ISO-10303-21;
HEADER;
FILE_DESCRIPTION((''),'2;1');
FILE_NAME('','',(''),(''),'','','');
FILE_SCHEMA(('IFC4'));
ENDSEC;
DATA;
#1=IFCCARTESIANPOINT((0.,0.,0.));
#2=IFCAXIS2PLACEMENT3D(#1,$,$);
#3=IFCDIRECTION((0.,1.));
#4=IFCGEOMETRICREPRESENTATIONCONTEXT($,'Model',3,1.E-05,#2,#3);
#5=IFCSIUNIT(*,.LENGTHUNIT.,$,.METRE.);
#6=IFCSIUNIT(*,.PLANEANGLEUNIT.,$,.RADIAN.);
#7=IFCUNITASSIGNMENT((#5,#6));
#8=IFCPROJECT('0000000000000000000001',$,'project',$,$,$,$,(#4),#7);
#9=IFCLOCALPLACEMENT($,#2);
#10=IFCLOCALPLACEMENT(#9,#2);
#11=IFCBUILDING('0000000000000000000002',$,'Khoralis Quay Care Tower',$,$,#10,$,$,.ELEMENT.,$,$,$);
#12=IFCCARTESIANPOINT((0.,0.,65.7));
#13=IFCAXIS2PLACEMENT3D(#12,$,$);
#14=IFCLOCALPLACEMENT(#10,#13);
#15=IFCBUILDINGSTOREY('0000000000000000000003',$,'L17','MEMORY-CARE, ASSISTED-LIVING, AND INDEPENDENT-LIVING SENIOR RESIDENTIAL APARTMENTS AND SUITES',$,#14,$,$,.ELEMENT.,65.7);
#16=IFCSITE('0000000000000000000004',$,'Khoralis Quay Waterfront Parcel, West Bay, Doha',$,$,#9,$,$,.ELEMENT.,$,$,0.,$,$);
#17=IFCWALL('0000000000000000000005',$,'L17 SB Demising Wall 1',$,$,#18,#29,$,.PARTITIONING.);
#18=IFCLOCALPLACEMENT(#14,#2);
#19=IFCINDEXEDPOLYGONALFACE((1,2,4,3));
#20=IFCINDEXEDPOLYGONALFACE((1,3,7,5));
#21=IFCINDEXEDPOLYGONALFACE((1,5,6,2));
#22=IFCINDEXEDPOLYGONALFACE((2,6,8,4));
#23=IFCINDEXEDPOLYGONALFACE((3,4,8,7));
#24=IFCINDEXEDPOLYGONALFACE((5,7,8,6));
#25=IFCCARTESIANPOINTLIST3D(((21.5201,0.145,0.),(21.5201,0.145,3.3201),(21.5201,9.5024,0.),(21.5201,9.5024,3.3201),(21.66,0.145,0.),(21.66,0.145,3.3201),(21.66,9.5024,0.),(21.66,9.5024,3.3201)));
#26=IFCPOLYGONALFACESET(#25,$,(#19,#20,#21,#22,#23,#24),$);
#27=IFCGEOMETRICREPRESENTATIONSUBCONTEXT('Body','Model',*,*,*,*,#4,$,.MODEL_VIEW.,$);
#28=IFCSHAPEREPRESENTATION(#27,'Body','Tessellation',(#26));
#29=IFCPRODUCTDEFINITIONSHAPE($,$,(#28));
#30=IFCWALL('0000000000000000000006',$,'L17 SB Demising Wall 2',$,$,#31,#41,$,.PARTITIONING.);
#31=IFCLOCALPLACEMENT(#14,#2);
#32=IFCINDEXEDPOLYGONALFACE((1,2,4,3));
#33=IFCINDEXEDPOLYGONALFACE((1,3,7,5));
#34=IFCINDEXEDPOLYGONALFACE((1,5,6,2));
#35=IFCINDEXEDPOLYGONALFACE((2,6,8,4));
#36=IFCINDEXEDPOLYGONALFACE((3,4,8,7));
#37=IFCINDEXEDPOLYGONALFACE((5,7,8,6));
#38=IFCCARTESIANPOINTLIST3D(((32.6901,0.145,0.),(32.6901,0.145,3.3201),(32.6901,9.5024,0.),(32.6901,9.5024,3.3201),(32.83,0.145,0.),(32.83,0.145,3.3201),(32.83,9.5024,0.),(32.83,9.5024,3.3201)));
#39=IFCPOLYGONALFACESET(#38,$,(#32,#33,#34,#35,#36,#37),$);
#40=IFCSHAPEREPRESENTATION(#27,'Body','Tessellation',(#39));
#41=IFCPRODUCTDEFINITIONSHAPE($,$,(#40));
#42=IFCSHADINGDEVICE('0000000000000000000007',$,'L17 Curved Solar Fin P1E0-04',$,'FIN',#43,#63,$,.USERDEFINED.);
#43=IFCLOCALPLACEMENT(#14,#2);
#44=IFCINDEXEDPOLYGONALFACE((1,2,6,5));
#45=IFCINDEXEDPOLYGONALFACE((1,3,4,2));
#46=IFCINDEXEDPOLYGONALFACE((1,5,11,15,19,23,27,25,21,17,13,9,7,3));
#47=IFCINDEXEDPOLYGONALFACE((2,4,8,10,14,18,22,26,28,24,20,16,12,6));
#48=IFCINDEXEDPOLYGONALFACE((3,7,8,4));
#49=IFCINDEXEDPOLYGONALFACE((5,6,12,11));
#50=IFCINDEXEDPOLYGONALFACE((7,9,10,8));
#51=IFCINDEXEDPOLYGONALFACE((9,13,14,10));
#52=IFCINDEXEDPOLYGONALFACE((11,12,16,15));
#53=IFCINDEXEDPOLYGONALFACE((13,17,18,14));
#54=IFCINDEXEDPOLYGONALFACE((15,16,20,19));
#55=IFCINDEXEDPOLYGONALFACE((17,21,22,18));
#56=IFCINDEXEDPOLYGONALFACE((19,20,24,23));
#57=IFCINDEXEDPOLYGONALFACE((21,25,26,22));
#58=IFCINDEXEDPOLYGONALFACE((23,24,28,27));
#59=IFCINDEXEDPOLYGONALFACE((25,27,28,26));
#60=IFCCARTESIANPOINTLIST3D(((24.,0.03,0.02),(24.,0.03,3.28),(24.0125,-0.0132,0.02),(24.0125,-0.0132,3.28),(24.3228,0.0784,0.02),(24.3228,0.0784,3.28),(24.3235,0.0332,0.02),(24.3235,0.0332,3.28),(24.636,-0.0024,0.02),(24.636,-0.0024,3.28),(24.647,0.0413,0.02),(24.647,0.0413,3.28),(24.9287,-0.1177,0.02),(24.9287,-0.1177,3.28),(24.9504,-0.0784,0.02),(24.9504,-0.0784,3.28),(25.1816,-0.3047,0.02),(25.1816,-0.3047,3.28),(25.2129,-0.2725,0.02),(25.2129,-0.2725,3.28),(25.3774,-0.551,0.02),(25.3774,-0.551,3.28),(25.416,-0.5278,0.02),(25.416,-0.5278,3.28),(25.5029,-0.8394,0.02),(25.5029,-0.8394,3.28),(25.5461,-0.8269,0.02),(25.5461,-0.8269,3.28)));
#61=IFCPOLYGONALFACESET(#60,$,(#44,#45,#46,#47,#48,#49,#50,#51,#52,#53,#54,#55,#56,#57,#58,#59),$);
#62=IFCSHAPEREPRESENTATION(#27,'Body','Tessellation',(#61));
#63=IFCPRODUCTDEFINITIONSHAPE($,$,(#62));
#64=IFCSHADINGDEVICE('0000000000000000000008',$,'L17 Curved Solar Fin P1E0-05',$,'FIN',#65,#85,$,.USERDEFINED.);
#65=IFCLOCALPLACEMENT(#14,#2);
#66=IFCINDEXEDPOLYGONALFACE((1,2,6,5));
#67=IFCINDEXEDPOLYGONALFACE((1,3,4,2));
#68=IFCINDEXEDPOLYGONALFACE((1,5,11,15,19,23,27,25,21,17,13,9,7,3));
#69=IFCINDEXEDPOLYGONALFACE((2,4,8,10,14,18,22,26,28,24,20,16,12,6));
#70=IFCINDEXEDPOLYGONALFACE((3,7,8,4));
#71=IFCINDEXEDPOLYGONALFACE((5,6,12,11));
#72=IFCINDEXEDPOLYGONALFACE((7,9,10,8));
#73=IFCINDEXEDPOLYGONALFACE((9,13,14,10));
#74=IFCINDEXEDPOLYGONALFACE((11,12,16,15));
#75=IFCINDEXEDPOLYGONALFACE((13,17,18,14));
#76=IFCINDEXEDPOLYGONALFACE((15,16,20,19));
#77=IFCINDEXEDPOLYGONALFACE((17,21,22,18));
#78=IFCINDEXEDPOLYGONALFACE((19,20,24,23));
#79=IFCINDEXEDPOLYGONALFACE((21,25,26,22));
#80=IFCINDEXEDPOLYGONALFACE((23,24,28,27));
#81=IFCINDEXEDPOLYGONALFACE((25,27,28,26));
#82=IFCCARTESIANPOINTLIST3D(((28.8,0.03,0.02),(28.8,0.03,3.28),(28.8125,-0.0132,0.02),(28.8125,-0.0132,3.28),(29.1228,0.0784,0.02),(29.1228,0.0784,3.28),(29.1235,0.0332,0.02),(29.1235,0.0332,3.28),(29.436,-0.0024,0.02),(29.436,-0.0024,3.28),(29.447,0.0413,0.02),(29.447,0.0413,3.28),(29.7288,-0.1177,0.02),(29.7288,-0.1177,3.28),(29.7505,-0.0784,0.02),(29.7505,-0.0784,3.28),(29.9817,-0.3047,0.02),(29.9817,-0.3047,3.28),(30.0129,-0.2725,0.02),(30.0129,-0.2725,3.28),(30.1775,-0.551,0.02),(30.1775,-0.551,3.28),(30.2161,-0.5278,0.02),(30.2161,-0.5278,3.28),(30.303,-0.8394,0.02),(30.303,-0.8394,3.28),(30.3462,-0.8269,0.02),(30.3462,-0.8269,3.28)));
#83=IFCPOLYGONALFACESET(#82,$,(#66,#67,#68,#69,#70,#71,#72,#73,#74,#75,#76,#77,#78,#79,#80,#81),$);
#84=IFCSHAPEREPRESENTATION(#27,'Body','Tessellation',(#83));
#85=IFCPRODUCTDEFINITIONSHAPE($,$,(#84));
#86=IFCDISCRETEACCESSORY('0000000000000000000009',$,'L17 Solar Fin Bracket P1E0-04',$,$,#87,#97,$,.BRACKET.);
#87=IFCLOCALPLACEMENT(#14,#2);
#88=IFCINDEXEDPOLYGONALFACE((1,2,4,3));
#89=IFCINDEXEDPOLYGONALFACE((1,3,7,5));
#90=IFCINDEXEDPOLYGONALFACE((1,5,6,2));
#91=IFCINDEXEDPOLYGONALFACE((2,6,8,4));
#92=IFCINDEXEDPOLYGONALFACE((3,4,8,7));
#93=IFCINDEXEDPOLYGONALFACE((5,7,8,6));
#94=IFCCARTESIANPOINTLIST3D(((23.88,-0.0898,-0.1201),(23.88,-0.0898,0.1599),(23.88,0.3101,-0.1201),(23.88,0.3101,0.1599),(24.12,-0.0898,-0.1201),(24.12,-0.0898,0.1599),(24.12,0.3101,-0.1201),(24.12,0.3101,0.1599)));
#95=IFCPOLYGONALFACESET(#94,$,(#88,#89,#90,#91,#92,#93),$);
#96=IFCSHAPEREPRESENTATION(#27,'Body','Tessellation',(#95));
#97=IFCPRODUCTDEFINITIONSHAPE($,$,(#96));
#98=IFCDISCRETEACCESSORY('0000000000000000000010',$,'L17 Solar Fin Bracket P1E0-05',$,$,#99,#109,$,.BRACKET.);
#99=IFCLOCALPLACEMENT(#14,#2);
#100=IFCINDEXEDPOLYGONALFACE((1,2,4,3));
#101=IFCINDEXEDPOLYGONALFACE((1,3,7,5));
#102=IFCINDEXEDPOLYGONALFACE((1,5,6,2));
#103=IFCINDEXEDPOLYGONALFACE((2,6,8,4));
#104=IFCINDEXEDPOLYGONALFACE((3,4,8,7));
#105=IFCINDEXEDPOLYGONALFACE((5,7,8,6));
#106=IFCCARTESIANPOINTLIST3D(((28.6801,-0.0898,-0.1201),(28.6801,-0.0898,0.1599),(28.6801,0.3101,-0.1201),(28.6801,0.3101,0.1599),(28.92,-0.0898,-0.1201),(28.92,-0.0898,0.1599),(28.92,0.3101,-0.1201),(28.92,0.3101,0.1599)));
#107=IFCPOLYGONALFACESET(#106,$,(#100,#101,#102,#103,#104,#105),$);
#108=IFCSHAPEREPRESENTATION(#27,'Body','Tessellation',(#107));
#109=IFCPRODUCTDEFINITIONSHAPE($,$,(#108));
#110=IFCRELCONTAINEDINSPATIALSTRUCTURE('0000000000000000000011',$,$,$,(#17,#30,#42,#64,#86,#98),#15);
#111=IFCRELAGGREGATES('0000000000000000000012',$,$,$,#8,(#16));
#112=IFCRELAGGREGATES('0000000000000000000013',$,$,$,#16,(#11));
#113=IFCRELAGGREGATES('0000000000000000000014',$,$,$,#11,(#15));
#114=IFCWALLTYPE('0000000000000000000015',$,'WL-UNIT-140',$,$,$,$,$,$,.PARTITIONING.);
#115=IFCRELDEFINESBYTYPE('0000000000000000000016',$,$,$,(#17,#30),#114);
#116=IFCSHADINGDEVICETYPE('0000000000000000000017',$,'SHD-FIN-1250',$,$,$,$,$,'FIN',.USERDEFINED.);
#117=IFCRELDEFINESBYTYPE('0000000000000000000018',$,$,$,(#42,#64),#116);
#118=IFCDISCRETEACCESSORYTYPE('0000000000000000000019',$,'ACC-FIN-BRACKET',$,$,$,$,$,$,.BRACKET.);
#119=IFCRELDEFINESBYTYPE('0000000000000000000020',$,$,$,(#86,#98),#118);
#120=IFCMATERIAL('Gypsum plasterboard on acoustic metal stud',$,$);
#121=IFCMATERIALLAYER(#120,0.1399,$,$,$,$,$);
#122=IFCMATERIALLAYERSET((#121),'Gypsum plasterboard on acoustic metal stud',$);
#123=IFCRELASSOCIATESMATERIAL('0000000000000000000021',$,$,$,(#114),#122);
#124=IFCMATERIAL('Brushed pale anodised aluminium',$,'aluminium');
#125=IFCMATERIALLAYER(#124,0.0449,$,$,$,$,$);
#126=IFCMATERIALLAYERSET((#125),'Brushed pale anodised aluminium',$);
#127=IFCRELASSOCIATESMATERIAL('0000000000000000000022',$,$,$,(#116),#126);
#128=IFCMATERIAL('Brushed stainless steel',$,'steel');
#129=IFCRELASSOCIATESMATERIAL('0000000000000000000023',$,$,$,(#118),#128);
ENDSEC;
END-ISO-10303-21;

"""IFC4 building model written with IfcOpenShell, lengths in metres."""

from ifc_helpers import new_model, si_unit, direction, frame, frame_2d, origin, origin_2d, place, context, subcontext, project, spatial, polyline, rectangle, outline, extrude, source, transform, mapped, material, layer, layer_set, type_object, element, save


model = new_model("IFC4")

# Units and contexts
model_context = context("Model", 3, precision=1e-05, world=origin(), true_north=direction((0.0, 1.0)))
body_context = subcontext(model_context, "Body", "Model", "MODEL_VIEW")
ifc_project = project(units=[si_unit("LENGTHUNIT", "METRE"), si_unit("PLANEANGLEUNIT", "RADIAN")], contexts=[model_context])

# Site, building, storey
site_placement = place(None, origin())
site = spatial("IfcSite", under=ifc_project, at=site_placement, Name="Khoralis Quay Waterfront Parcel, West Bay, Doha", CompositionType="ELEMENT", RefElevation=0.0)
building_placement = place(site_placement, origin())
building = spatial("IfcBuilding", under=site, at=building_placement, Name="Khoralis Quay Care Tower", CompositionType="ELEMENT")
storey_placement = place(building_placement, frame((0.0, 0.0, 65.7)))
storey = spatial("IfcBuildingStorey", under=building, at=storey_placement, Name="L17", Description="MEMORY-CARE, ASSISTED-LIVING, AND INDEPENDENT-LIVING SENIOR RESIDENTIAL APARTMENTS AND SUITES", CompositionType="ELEMENT", Elevation=65.7)

# Shared definitions
ifc_material_1 = material(Name="Gypsum plasterboard on acoustic metal stud")

# Walls
ifc_layer_1 = layer(ifc_material_1, 0.1399)
ifc_layer_set_1 = layer_set([ifc_layer_1], Name="Gypsum plasterboard on acoustic metal stud")
wall_type_1 = type_object("IfcWallType", Name="WL-UNIT-140", PredefinedType="PARTITIONING", material=ifc_layer_set_1)
for number, where, z_axis, x_axis, name in (
    (1, (21.5901, 0.145, 0.0), (0.0, 0.0, 1.0), (0.0, 1.0, 0.0), "L17 SB Demising Wall 1"),
    (2, (32.76, 0.145, 0.0), (0.0, 0.0, 1.0), (0.0, 1.0, 0.0), "L17 SB Demising Wall 2"),
):
    element("IfcWall", number, at=place(storey_placement, frame(where, z_axis=z_axis, x_axis=x_axis)), inside=storey, type_object=wall_type_1, Name=name, PredefinedType="PARTITIONING", context=body_context, shape_type="SweptSolid", body=[
        extrude(rectangle(XDim=9.3574, YDim=0.1399, at=frame_2d((4.6787, 0.0))), origin(), (0.0, 0.0, 1.0), 3.3201),
    ])

# Shading devices
ifc_material_2 = material(Name="Brushed pale anodised aluminium", Category="aluminium")
ifc_layer_2 = layer(ifc_material_2, 0.0449)
ifc_layer_set_2 = layer_set([ifc_layer_2], Name="Brushed pale anodised aluminium")
shading_device_type = type_object("IfcShadingDeviceType", Name="SHD-FIN-1250", ElementType="FIN", PredefinedType="USERDEFINED", material=ifc_layer_set_2)
shared_shape_1 = source(origin(), body_context, "Body", "SweptSolid", [
    extrude(outline(polyline([(0.0, 0.0), (-0.0483, 0.3228), (-0.0112, 0.647), (0.1084, 0.9504), (0.3025, 1.2129), (0.5579, 1.416), (0.8569, 1.5461), (0.8694, 1.5029), (0.5811, 1.3774), (0.3347, 1.1816), (0.1477, 0.9287), (0.0325, 0.636), (-0.0032, 0.3235), (0.0432, 0.0125), (0.0, 0.0)])), origin(), (0.0, 0.0, 1.0), 3.26),
])
for number, where, z_axis, x_axis, name in (
    (3, (24.0, 0.03, 0.02), (0.0, 0.0, 1.0), (0.0, -1.0, 0.0), "L17 Curved Solar Fin P1E0-04"),
    (4, (28.8, 0.03, 0.02), (0.0, 0.0, 1.0), (0.0, -1.0, 0.0), "L17 Curved Solar Fin P1E0-05"),
):
    element("IfcShadingDevice", number, at=place(storey_placement, frame(where, z_axis=z_axis, x_axis=x_axis)), inside=storey, type_object=shading_device_type, Name=name, ObjectType="FIN", PredefinedType="USERDEFINED", context=body_context, shape_type="MappedRepresentation", body=[
        mapped(shared_shape_1, transform((0.0, 0.0, 0.0), scale=1.0)),
    ])

# Discrete accessories
ifc_material_3 = material(Name="Brushed stainless steel", Category="steel")
discrete_accessory_type = type_object("IfcDiscreteAccessoryType", Name="ACC-FIN-BRACKET", PredefinedType="BRACKET", material=ifc_material_3)
shared_shape_2 = source(origin(), body_context, "Body", "SweptSolid", [
    extrude(rectangle(XDim=0.3999, YDim=0.24, at=origin_2d()), origin(), (0.0, 0.0, 1.0), 0.28),
])
for number, where, z_axis, x_axis, name in (
    (5, (24.0, 0.1101, -0.1201), (0.0, 0.0, 1.0), (0.0, -1.0, 0.0), "L17 Solar Fin Bracket P1E0-04"),
    (6, (28.8, 0.1101, -0.1201), (0.0, 0.0, 1.0), (0.0, -1.0, 0.0), "L17 Solar Fin Bracket P1E0-05"),
):
    element("IfcDiscreteAccessory", number, at=place(storey_placement, frame(where, z_axis=z_axis, x_axis=x_axis)), inside=storey, type_object=discrete_accessory_type, Name=name, PredefinedType="BRACKET", context=body_context, shape_type="MappedRepresentation", body=[
        mapped(shared_shape_2, transform((0.0, 0.0, 0.0), scale=1.0)),
    ])

save(model, "model.ifc")
